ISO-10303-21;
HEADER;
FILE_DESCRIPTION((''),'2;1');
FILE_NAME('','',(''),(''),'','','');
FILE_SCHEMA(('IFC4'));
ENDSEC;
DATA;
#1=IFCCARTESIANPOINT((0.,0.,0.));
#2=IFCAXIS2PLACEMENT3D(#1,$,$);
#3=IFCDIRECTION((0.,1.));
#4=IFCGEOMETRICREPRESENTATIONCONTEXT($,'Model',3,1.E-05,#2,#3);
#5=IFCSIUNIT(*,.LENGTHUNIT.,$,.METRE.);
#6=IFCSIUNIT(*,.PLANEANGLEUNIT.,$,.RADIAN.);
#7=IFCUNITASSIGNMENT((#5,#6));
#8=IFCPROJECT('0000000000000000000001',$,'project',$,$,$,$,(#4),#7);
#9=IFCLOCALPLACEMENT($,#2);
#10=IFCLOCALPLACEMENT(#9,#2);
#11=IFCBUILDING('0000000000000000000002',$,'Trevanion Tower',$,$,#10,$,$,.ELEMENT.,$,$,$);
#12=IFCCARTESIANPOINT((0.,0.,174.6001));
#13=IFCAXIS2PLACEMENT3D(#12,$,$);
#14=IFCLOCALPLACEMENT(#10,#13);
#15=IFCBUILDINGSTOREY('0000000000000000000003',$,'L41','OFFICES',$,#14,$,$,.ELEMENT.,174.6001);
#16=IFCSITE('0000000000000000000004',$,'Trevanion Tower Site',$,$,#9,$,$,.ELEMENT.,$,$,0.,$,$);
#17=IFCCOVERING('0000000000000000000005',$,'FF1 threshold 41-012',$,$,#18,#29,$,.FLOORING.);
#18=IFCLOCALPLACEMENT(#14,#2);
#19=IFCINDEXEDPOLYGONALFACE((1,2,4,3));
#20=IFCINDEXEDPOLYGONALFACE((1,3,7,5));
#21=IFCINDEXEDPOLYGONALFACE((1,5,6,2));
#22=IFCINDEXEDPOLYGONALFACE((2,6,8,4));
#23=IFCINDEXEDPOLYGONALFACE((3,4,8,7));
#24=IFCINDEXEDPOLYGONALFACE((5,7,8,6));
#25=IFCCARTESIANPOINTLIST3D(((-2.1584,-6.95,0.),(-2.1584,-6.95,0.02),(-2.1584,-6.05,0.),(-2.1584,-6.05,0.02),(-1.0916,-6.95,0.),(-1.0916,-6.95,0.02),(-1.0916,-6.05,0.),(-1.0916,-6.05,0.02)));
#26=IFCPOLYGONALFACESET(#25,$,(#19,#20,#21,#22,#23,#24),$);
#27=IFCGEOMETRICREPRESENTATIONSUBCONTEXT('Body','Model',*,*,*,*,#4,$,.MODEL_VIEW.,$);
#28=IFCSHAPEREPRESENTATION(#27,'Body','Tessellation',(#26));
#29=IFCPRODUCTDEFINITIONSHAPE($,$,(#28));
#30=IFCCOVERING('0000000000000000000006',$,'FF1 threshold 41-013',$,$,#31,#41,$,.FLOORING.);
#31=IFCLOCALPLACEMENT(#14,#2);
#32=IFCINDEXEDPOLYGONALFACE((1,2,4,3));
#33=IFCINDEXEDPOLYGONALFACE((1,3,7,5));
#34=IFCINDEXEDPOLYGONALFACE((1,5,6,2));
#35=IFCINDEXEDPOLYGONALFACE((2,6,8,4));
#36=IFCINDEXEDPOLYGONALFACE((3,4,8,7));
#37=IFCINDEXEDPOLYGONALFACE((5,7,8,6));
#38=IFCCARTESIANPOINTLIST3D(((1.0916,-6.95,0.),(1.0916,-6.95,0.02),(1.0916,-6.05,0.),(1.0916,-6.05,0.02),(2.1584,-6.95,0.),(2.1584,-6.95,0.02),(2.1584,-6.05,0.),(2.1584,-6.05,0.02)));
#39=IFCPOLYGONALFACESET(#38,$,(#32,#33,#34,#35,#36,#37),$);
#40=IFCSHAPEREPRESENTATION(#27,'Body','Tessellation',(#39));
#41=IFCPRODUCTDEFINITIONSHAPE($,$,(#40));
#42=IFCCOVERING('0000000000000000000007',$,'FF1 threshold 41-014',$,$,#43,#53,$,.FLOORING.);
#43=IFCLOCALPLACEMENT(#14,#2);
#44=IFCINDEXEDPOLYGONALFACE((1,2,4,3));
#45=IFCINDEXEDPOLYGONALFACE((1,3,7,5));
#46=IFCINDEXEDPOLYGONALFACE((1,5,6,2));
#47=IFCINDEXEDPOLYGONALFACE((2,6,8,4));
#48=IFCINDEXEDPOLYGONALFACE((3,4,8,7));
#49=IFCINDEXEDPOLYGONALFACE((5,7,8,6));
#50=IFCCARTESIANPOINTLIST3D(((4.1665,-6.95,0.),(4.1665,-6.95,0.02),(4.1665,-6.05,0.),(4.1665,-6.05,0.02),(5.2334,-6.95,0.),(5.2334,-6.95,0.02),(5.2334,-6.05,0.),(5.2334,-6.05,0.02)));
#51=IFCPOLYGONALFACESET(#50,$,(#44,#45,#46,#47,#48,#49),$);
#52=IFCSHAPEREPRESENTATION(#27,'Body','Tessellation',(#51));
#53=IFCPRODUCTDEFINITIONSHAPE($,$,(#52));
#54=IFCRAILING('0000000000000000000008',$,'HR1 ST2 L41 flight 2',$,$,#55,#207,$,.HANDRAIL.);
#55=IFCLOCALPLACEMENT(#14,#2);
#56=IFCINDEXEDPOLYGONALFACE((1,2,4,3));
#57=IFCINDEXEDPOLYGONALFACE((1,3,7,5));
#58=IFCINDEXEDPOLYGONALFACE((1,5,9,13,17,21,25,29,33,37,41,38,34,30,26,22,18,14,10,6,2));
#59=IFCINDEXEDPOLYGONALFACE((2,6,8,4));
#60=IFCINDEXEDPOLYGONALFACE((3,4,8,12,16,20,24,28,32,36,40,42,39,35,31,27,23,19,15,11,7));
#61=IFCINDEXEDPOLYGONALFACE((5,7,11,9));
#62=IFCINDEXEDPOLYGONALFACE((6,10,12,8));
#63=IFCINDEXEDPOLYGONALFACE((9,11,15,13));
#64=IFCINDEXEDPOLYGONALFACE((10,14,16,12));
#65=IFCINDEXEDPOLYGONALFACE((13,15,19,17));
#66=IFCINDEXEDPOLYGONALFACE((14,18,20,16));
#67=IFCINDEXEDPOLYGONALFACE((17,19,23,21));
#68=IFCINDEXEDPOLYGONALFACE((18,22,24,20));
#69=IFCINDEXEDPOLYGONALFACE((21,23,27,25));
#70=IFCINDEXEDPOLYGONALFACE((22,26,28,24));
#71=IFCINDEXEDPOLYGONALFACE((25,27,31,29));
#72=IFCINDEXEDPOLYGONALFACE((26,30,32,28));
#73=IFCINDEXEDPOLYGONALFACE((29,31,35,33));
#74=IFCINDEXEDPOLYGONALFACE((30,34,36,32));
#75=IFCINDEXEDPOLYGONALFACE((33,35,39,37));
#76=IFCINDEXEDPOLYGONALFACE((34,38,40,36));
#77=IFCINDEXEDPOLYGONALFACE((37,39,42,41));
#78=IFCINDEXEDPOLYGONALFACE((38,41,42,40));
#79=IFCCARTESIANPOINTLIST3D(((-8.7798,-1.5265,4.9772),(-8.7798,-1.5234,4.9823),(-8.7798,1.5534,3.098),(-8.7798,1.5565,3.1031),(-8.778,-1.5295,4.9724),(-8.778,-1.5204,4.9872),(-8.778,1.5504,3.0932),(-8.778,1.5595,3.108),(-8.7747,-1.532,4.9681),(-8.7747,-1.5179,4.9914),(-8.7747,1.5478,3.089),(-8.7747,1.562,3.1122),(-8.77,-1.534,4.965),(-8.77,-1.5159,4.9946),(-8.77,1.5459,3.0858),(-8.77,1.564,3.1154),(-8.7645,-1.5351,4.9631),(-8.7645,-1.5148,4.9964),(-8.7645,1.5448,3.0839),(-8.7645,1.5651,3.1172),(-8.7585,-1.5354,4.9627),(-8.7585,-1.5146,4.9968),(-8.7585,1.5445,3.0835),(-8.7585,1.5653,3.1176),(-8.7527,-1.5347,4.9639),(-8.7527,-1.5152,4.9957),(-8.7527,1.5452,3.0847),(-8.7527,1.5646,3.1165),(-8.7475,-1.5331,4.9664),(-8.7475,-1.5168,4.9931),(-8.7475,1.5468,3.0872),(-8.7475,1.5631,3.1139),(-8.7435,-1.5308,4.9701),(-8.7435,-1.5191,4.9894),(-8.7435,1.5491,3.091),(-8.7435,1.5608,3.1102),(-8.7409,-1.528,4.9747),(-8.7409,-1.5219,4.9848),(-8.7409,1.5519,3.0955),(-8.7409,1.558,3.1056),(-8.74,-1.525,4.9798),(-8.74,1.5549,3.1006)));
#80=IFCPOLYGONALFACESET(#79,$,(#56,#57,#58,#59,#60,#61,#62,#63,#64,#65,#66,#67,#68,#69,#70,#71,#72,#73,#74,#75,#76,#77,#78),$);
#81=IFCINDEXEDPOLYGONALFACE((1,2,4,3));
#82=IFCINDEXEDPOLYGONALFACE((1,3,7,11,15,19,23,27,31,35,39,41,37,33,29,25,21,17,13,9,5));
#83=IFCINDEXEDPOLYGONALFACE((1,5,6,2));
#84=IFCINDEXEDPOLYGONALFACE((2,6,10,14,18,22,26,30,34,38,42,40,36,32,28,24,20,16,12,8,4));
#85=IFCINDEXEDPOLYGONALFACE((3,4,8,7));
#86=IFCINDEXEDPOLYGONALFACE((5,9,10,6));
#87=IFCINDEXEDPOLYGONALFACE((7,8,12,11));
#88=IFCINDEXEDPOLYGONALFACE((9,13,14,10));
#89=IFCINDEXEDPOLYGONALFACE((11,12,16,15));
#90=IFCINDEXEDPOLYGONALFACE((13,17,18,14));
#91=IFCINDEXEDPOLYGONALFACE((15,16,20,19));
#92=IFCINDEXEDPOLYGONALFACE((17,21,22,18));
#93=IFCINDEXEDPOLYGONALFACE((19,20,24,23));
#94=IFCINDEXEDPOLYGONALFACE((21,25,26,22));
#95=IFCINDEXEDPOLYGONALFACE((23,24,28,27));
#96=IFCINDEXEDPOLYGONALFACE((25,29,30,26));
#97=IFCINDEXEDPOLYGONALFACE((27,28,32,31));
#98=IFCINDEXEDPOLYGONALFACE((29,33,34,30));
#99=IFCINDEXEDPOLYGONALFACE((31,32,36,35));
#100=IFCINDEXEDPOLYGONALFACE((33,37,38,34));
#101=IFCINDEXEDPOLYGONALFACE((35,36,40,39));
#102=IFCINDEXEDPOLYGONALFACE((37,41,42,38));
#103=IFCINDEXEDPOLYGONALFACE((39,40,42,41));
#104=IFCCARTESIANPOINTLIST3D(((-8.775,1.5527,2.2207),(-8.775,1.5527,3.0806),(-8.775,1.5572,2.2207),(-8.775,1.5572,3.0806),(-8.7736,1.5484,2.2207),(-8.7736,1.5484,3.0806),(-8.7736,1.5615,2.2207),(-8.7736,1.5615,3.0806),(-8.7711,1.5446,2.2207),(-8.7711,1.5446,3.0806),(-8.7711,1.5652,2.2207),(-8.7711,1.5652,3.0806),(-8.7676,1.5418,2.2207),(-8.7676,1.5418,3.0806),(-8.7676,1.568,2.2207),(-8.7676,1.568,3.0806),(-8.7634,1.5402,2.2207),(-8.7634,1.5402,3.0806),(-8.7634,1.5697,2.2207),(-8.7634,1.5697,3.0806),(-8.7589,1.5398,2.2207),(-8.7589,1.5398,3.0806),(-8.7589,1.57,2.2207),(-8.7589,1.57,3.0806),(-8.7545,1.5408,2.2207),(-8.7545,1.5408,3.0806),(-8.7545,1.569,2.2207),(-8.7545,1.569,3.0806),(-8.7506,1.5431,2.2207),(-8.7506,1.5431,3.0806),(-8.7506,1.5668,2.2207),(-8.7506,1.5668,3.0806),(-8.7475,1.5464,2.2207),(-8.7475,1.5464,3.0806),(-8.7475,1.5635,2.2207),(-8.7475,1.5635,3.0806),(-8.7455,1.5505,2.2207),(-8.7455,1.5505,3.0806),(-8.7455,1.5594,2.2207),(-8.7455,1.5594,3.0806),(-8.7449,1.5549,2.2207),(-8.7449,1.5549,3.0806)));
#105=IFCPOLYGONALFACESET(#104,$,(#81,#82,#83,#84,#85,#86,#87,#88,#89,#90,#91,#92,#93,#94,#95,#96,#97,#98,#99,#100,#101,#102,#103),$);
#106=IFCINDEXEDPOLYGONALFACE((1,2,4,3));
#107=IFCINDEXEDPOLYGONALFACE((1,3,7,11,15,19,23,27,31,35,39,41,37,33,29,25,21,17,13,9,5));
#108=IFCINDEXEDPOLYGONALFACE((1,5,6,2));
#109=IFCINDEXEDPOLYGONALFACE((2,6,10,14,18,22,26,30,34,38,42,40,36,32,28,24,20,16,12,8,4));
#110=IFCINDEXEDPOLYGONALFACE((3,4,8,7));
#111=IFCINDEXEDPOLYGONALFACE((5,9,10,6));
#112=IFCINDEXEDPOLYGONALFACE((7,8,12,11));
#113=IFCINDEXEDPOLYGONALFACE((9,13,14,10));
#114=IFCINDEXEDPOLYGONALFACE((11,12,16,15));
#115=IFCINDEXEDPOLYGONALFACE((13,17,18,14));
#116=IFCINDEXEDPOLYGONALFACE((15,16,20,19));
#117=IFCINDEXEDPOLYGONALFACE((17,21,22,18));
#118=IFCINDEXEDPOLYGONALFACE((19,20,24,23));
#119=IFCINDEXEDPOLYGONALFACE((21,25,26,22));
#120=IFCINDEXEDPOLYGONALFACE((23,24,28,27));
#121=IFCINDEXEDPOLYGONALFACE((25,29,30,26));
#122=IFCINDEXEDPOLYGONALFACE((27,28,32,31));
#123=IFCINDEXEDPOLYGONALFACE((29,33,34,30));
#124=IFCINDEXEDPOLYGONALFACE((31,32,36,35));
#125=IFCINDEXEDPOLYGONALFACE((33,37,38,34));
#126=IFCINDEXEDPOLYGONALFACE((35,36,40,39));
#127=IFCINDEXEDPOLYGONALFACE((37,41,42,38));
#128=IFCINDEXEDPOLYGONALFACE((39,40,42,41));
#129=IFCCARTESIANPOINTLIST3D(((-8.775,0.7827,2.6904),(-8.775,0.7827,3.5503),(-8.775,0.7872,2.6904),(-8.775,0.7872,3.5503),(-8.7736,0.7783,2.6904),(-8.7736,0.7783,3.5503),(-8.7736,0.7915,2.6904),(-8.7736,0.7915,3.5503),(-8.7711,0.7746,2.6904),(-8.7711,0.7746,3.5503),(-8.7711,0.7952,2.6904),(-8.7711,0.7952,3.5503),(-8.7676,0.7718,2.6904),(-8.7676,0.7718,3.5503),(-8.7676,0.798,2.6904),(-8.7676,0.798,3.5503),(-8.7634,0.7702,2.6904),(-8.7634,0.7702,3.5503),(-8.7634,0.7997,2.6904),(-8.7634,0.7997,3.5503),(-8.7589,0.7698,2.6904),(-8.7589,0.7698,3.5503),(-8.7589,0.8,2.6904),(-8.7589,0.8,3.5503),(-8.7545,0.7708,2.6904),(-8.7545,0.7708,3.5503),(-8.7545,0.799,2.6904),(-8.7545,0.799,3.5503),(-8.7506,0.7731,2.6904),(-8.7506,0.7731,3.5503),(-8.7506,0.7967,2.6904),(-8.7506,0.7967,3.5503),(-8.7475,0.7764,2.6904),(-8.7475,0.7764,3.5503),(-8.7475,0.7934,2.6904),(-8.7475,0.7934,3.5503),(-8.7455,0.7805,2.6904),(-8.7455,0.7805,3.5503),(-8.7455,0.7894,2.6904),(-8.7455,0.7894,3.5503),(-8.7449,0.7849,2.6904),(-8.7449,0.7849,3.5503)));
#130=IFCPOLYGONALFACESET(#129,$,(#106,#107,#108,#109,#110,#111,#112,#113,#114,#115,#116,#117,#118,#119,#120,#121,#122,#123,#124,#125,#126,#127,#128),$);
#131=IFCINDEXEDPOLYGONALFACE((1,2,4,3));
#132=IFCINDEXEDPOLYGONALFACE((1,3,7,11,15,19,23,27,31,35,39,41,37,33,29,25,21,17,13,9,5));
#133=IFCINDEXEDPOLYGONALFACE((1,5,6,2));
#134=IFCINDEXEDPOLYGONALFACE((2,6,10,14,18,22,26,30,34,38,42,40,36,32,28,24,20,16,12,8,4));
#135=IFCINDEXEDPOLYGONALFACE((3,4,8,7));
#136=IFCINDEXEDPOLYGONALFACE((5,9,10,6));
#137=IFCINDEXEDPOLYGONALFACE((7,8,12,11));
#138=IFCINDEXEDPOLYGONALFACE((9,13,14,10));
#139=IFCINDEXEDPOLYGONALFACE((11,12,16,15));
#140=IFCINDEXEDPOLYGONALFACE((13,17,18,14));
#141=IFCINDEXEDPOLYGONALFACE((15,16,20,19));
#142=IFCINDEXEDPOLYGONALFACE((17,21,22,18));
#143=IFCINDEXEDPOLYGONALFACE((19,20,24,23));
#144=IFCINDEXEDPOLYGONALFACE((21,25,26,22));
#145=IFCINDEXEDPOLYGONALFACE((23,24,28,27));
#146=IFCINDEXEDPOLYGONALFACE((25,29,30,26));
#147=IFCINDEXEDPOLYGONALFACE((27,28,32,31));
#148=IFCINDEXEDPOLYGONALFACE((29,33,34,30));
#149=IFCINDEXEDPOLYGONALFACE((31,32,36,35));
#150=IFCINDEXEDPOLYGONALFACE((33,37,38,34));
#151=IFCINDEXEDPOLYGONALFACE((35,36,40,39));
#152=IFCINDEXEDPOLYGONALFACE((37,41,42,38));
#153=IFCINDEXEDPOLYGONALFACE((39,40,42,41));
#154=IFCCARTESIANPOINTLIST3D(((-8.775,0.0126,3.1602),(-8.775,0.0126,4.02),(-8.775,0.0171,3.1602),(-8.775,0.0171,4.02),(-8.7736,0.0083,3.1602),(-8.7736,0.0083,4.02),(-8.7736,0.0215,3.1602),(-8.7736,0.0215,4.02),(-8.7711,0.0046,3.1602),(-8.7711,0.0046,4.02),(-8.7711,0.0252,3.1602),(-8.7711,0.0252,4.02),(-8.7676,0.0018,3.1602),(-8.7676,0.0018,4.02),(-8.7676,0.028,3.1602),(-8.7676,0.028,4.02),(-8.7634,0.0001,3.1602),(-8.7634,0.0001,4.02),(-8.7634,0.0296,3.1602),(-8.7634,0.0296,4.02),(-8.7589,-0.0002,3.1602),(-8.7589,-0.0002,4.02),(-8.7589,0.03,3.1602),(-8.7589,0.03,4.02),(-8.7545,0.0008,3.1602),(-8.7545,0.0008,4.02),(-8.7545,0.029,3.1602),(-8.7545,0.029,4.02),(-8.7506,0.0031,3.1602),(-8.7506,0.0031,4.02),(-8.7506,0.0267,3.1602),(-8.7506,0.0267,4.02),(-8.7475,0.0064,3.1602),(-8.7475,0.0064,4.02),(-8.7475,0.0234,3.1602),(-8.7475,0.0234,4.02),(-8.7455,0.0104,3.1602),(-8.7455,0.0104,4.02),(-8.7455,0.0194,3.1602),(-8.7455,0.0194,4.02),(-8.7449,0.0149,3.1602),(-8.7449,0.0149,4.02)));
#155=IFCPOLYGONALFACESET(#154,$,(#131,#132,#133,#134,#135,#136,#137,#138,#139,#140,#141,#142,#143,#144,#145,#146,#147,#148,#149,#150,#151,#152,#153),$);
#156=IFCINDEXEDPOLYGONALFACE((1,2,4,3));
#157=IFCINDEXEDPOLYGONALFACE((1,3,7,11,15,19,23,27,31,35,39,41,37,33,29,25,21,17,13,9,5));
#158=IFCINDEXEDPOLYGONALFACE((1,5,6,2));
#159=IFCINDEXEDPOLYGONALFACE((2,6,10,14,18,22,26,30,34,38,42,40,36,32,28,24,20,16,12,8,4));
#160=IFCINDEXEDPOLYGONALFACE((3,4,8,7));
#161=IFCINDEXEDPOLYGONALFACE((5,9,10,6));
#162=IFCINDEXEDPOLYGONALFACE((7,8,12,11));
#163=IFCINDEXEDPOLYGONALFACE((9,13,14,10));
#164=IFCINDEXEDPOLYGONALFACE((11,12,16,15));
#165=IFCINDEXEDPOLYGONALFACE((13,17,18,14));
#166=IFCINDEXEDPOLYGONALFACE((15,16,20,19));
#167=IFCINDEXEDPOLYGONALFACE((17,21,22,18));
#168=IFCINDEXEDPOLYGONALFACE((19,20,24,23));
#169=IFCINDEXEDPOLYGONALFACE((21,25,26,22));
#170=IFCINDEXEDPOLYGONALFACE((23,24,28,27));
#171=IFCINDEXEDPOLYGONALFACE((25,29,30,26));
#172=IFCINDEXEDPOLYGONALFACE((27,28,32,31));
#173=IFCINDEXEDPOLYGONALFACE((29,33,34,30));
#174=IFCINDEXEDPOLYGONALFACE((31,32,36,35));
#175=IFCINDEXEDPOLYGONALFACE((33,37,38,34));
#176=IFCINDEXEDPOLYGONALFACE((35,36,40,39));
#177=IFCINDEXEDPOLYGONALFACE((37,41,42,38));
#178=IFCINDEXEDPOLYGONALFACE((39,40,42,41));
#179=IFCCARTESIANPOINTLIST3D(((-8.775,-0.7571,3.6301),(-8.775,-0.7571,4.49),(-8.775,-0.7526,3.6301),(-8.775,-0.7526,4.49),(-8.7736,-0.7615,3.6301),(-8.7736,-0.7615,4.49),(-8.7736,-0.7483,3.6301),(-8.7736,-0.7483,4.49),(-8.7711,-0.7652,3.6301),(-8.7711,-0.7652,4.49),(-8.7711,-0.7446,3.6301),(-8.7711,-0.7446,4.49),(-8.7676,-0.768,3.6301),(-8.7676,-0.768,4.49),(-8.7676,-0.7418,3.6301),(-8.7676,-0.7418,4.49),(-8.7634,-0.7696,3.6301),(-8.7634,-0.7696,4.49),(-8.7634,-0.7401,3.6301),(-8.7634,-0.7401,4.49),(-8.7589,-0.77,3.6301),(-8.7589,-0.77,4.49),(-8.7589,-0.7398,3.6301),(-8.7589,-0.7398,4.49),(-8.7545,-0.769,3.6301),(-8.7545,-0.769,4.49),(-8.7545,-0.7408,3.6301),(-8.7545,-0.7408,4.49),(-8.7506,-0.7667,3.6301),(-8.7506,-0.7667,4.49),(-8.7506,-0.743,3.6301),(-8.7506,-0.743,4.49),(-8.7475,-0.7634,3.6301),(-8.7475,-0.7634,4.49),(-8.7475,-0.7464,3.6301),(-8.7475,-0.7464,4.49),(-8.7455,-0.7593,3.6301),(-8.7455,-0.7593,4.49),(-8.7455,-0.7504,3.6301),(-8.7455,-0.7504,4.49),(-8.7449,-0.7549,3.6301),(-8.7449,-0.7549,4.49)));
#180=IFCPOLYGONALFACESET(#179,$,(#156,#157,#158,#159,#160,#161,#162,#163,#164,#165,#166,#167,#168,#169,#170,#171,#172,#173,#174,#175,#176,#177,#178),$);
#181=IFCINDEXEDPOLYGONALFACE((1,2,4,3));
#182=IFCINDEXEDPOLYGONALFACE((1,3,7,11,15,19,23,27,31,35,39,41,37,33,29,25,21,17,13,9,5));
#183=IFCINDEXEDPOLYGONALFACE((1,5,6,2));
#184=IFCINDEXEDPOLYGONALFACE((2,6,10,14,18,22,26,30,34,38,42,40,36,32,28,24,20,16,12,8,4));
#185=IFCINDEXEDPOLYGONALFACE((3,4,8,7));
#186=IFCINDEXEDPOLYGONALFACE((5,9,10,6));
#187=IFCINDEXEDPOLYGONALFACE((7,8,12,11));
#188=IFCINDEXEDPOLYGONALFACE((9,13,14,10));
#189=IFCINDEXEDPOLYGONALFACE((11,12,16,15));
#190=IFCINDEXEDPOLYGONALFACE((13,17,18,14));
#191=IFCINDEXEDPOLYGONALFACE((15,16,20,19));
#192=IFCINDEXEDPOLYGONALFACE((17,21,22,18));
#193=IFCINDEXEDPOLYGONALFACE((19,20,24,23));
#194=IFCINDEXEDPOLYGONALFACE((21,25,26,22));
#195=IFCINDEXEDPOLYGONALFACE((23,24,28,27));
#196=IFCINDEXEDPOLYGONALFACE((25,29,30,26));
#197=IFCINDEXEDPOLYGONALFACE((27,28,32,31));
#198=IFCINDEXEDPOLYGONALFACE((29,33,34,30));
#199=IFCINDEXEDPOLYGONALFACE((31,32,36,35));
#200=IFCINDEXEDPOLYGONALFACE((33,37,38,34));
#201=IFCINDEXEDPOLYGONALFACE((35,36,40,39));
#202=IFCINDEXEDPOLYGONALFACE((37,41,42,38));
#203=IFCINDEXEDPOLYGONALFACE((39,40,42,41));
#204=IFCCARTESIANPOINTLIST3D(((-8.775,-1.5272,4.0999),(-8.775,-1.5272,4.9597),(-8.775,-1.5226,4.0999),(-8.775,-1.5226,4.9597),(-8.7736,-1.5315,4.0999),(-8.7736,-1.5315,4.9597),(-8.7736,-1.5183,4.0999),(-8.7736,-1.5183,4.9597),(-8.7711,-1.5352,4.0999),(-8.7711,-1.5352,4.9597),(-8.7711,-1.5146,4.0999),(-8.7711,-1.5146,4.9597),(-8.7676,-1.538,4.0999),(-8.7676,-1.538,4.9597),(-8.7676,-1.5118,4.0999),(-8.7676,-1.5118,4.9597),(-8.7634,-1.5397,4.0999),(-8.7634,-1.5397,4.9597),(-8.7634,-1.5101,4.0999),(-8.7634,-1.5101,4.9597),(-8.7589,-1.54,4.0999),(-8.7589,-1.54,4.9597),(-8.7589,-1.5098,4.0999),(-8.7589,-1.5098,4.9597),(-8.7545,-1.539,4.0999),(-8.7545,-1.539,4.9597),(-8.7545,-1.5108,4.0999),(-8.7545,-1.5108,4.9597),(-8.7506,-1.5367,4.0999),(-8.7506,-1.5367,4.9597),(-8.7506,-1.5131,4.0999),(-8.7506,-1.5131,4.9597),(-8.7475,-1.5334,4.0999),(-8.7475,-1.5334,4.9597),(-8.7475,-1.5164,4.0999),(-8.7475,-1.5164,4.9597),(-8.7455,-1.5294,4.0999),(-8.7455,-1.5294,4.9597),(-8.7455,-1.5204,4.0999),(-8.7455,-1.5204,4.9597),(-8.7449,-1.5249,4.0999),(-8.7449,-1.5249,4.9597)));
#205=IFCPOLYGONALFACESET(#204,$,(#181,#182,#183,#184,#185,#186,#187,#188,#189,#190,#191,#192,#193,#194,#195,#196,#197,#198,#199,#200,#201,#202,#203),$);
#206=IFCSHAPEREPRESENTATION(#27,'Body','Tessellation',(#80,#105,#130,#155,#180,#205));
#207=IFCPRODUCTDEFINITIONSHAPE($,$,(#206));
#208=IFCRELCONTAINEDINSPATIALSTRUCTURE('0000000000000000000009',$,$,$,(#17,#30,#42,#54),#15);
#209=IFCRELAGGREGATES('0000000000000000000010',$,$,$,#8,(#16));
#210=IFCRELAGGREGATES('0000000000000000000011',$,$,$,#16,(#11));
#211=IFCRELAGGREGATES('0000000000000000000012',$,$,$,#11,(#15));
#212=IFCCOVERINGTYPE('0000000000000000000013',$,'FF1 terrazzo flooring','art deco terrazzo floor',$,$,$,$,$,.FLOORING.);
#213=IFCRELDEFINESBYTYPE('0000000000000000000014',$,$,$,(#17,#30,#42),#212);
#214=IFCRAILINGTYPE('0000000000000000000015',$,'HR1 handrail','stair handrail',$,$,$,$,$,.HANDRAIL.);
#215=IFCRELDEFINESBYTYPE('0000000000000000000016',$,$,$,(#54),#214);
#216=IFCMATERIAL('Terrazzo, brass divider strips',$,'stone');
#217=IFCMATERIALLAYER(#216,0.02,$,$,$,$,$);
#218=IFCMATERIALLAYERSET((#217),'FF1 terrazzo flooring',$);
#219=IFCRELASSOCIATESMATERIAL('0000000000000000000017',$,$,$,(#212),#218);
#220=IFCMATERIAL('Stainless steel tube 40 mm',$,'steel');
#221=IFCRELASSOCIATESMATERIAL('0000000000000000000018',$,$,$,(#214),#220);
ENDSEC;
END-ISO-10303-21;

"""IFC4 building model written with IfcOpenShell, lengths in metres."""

from ifc_helpers import new_model, si_unit, direction, frame, origin, origin_2d, place, context, subcontext, project, spatial, polyline, circle, outline, extrude, material, layer, layer_set, type_object, element, save


model = new_model("IFC4")

# Units and contexts
model_context = context("Model", 3, precision=1e-05, world=origin(), true_north=direction((0.0, 1.0)))
body_context = subcontext(model_context, "Body", "Model", "MODEL_VIEW")
ifc_project = project(units=[si_unit("LENGTHUNIT", "METRE"), si_unit("PLANEANGLEUNIT", "RADIAN")], contexts=[model_context])

# Site, building, storey
site_placement = place(None, origin())
site = spatial("IfcSite", under=ifc_project, at=site_placement, Name="Trevanion Tower Site", CompositionType="ELEMENT", RefElevation=0.0)
building_placement = place(site_placement, origin())
building = spatial("IfcBuilding", under=site, at=building_placement, Name="Trevanion Tower", CompositionType="ELEMENT")
storey_placement = place(building_placement, frame((0.0, 0.0, 174.6001)))
storey = spatial("IfcBuildingStorey", under=building, at=storey_placement, Name="L41", Description="OFFICES", CompositionType="ELEMENT", Elevation=174.6001)

# Coverings
ifc_material_1 = material(Name="Terrazzo, brass divider strips", Category="stone")
ifc_layer_1 = layer(ifc_material_1, 0.02)
ifc_layer_set_1 = layer_set([ifc_layer_1], Name="FF1 terrazzo flooring")
covering_type_1 = type_object("IfcCoveringType", Name="FF1 terrazzo flooring", Description="art deco terrazzo floor", PredefinedType="FLOORING", material=ifc_layer_set_1)
covering_1_placement = place(storey_placement, origin())
element("IfcCovering", 1, at=covering_1_placement, inside=storey, type_object=covering_type_1, Name="FF1 threshold 41-012", PredefinedType="FLOORING", context=body_context, shape_type="SweptSolid", body=[
    extrude(outline(polyline([(-2.1584, -6.95), (-1.0916, -6.95), (-1.0916, -6.05), (-2.1584, -6.05), (-2.1584, -6.95)])), origin(), (0.0, 0.0, 1.0), 0.02),
])
covering_2_placement = place(storey_placement, origin())
element("IfcCovering", 2, at=covering_2_placement, inside=storey, type_object=covering_type_1, Name="FF1 threshold 41-013", PredefinedType="FLOORING", context=body_context, shape_type="SweptSolid", body=[
    extrude(outline(polyline([(1.0916, -6.95), (2.1584, -6.95), (2.1584, -6.05), (1.0916, -6.05), (1.0916, -6.95)])), origin(), (0.0, 0.0, 1.0), 0.02),
])
covering_3_placement = place(storey_placement, origin())
element("IfcCovering", 3, at=covering_3_placement, inside=storey, type_object=covering_type_1, Name="FF1 threshold 41-014", PredefinedType="FLOORING", context=body_context, shape_type="SweptSolid", body=[
    extrude(outline(polyline([(4.1665, -6.95), (5.2334, -6.95), (5.2334, -6.05), (4.1665, -6.05), (4.1665, -6.95)])), origin(), (0.0, 0.0, 1.0), 0.02),
])

# Railing
ifc_material_2 = material(Name="Stainless steel tube 40 mm", Category="steel")
railing_type = type_object("IfcRailingType", Name="HR1 handrail", Description="stair handrail", PredefinedType="HANDRAIL", material=ifc_material_2)
for number, where, name in (
    (4, (-8.76, 1.5549, 2.2207), "HR1 ST2 L41 flight 2"),
):
    element("IfcRailing", number, at=place(storey_placement, frame(where)), inside=storey, type_object=railing_type, Name=name, PredefinedType="HANDRAIL", context=body_context, shape_type="SweptSolid", body=[
        extrude(circle(Radius=0.02, at=origin_2d()), frame((0.0, 0.0, 0.8799), z_axis=(0.0, -0.853648, 0.52085), x_axis=(1.0, 0.0, 0.0)), (0.0, 0.0, 1.0), 3.6079),
        extrude(circle(Radius=0.0151, at=origin_2d()), origin(), (0.0, 0.0, 1.0), 0.8599),
        extrude(circle(Radius=0.0151, at=origin_2d()), frame((0.0, -0.77, 0.4697)), (0.0, 0.0, 1.0), 0.8599),
        extrude(circle(Radius=0.0151, at=origin_2d()), frame((0.0, -1.54, 0.9395)), (0.0, 0.0, 1.0), 0.8599),
        extrude(circle(Radius=0.0151, at=origin_2d()), frame((0.0, -2.3098, 1.4094)), (0.0, 0.0, 1.0), 0.8599),
        extrude(circle(Radius=0.0151, at=origin_2d()), frame((0.0, -3.0798, 1.8792)), (0.0, 0.0, 1.0), 0.8599),
    ])

save(model, "model.ifc")
